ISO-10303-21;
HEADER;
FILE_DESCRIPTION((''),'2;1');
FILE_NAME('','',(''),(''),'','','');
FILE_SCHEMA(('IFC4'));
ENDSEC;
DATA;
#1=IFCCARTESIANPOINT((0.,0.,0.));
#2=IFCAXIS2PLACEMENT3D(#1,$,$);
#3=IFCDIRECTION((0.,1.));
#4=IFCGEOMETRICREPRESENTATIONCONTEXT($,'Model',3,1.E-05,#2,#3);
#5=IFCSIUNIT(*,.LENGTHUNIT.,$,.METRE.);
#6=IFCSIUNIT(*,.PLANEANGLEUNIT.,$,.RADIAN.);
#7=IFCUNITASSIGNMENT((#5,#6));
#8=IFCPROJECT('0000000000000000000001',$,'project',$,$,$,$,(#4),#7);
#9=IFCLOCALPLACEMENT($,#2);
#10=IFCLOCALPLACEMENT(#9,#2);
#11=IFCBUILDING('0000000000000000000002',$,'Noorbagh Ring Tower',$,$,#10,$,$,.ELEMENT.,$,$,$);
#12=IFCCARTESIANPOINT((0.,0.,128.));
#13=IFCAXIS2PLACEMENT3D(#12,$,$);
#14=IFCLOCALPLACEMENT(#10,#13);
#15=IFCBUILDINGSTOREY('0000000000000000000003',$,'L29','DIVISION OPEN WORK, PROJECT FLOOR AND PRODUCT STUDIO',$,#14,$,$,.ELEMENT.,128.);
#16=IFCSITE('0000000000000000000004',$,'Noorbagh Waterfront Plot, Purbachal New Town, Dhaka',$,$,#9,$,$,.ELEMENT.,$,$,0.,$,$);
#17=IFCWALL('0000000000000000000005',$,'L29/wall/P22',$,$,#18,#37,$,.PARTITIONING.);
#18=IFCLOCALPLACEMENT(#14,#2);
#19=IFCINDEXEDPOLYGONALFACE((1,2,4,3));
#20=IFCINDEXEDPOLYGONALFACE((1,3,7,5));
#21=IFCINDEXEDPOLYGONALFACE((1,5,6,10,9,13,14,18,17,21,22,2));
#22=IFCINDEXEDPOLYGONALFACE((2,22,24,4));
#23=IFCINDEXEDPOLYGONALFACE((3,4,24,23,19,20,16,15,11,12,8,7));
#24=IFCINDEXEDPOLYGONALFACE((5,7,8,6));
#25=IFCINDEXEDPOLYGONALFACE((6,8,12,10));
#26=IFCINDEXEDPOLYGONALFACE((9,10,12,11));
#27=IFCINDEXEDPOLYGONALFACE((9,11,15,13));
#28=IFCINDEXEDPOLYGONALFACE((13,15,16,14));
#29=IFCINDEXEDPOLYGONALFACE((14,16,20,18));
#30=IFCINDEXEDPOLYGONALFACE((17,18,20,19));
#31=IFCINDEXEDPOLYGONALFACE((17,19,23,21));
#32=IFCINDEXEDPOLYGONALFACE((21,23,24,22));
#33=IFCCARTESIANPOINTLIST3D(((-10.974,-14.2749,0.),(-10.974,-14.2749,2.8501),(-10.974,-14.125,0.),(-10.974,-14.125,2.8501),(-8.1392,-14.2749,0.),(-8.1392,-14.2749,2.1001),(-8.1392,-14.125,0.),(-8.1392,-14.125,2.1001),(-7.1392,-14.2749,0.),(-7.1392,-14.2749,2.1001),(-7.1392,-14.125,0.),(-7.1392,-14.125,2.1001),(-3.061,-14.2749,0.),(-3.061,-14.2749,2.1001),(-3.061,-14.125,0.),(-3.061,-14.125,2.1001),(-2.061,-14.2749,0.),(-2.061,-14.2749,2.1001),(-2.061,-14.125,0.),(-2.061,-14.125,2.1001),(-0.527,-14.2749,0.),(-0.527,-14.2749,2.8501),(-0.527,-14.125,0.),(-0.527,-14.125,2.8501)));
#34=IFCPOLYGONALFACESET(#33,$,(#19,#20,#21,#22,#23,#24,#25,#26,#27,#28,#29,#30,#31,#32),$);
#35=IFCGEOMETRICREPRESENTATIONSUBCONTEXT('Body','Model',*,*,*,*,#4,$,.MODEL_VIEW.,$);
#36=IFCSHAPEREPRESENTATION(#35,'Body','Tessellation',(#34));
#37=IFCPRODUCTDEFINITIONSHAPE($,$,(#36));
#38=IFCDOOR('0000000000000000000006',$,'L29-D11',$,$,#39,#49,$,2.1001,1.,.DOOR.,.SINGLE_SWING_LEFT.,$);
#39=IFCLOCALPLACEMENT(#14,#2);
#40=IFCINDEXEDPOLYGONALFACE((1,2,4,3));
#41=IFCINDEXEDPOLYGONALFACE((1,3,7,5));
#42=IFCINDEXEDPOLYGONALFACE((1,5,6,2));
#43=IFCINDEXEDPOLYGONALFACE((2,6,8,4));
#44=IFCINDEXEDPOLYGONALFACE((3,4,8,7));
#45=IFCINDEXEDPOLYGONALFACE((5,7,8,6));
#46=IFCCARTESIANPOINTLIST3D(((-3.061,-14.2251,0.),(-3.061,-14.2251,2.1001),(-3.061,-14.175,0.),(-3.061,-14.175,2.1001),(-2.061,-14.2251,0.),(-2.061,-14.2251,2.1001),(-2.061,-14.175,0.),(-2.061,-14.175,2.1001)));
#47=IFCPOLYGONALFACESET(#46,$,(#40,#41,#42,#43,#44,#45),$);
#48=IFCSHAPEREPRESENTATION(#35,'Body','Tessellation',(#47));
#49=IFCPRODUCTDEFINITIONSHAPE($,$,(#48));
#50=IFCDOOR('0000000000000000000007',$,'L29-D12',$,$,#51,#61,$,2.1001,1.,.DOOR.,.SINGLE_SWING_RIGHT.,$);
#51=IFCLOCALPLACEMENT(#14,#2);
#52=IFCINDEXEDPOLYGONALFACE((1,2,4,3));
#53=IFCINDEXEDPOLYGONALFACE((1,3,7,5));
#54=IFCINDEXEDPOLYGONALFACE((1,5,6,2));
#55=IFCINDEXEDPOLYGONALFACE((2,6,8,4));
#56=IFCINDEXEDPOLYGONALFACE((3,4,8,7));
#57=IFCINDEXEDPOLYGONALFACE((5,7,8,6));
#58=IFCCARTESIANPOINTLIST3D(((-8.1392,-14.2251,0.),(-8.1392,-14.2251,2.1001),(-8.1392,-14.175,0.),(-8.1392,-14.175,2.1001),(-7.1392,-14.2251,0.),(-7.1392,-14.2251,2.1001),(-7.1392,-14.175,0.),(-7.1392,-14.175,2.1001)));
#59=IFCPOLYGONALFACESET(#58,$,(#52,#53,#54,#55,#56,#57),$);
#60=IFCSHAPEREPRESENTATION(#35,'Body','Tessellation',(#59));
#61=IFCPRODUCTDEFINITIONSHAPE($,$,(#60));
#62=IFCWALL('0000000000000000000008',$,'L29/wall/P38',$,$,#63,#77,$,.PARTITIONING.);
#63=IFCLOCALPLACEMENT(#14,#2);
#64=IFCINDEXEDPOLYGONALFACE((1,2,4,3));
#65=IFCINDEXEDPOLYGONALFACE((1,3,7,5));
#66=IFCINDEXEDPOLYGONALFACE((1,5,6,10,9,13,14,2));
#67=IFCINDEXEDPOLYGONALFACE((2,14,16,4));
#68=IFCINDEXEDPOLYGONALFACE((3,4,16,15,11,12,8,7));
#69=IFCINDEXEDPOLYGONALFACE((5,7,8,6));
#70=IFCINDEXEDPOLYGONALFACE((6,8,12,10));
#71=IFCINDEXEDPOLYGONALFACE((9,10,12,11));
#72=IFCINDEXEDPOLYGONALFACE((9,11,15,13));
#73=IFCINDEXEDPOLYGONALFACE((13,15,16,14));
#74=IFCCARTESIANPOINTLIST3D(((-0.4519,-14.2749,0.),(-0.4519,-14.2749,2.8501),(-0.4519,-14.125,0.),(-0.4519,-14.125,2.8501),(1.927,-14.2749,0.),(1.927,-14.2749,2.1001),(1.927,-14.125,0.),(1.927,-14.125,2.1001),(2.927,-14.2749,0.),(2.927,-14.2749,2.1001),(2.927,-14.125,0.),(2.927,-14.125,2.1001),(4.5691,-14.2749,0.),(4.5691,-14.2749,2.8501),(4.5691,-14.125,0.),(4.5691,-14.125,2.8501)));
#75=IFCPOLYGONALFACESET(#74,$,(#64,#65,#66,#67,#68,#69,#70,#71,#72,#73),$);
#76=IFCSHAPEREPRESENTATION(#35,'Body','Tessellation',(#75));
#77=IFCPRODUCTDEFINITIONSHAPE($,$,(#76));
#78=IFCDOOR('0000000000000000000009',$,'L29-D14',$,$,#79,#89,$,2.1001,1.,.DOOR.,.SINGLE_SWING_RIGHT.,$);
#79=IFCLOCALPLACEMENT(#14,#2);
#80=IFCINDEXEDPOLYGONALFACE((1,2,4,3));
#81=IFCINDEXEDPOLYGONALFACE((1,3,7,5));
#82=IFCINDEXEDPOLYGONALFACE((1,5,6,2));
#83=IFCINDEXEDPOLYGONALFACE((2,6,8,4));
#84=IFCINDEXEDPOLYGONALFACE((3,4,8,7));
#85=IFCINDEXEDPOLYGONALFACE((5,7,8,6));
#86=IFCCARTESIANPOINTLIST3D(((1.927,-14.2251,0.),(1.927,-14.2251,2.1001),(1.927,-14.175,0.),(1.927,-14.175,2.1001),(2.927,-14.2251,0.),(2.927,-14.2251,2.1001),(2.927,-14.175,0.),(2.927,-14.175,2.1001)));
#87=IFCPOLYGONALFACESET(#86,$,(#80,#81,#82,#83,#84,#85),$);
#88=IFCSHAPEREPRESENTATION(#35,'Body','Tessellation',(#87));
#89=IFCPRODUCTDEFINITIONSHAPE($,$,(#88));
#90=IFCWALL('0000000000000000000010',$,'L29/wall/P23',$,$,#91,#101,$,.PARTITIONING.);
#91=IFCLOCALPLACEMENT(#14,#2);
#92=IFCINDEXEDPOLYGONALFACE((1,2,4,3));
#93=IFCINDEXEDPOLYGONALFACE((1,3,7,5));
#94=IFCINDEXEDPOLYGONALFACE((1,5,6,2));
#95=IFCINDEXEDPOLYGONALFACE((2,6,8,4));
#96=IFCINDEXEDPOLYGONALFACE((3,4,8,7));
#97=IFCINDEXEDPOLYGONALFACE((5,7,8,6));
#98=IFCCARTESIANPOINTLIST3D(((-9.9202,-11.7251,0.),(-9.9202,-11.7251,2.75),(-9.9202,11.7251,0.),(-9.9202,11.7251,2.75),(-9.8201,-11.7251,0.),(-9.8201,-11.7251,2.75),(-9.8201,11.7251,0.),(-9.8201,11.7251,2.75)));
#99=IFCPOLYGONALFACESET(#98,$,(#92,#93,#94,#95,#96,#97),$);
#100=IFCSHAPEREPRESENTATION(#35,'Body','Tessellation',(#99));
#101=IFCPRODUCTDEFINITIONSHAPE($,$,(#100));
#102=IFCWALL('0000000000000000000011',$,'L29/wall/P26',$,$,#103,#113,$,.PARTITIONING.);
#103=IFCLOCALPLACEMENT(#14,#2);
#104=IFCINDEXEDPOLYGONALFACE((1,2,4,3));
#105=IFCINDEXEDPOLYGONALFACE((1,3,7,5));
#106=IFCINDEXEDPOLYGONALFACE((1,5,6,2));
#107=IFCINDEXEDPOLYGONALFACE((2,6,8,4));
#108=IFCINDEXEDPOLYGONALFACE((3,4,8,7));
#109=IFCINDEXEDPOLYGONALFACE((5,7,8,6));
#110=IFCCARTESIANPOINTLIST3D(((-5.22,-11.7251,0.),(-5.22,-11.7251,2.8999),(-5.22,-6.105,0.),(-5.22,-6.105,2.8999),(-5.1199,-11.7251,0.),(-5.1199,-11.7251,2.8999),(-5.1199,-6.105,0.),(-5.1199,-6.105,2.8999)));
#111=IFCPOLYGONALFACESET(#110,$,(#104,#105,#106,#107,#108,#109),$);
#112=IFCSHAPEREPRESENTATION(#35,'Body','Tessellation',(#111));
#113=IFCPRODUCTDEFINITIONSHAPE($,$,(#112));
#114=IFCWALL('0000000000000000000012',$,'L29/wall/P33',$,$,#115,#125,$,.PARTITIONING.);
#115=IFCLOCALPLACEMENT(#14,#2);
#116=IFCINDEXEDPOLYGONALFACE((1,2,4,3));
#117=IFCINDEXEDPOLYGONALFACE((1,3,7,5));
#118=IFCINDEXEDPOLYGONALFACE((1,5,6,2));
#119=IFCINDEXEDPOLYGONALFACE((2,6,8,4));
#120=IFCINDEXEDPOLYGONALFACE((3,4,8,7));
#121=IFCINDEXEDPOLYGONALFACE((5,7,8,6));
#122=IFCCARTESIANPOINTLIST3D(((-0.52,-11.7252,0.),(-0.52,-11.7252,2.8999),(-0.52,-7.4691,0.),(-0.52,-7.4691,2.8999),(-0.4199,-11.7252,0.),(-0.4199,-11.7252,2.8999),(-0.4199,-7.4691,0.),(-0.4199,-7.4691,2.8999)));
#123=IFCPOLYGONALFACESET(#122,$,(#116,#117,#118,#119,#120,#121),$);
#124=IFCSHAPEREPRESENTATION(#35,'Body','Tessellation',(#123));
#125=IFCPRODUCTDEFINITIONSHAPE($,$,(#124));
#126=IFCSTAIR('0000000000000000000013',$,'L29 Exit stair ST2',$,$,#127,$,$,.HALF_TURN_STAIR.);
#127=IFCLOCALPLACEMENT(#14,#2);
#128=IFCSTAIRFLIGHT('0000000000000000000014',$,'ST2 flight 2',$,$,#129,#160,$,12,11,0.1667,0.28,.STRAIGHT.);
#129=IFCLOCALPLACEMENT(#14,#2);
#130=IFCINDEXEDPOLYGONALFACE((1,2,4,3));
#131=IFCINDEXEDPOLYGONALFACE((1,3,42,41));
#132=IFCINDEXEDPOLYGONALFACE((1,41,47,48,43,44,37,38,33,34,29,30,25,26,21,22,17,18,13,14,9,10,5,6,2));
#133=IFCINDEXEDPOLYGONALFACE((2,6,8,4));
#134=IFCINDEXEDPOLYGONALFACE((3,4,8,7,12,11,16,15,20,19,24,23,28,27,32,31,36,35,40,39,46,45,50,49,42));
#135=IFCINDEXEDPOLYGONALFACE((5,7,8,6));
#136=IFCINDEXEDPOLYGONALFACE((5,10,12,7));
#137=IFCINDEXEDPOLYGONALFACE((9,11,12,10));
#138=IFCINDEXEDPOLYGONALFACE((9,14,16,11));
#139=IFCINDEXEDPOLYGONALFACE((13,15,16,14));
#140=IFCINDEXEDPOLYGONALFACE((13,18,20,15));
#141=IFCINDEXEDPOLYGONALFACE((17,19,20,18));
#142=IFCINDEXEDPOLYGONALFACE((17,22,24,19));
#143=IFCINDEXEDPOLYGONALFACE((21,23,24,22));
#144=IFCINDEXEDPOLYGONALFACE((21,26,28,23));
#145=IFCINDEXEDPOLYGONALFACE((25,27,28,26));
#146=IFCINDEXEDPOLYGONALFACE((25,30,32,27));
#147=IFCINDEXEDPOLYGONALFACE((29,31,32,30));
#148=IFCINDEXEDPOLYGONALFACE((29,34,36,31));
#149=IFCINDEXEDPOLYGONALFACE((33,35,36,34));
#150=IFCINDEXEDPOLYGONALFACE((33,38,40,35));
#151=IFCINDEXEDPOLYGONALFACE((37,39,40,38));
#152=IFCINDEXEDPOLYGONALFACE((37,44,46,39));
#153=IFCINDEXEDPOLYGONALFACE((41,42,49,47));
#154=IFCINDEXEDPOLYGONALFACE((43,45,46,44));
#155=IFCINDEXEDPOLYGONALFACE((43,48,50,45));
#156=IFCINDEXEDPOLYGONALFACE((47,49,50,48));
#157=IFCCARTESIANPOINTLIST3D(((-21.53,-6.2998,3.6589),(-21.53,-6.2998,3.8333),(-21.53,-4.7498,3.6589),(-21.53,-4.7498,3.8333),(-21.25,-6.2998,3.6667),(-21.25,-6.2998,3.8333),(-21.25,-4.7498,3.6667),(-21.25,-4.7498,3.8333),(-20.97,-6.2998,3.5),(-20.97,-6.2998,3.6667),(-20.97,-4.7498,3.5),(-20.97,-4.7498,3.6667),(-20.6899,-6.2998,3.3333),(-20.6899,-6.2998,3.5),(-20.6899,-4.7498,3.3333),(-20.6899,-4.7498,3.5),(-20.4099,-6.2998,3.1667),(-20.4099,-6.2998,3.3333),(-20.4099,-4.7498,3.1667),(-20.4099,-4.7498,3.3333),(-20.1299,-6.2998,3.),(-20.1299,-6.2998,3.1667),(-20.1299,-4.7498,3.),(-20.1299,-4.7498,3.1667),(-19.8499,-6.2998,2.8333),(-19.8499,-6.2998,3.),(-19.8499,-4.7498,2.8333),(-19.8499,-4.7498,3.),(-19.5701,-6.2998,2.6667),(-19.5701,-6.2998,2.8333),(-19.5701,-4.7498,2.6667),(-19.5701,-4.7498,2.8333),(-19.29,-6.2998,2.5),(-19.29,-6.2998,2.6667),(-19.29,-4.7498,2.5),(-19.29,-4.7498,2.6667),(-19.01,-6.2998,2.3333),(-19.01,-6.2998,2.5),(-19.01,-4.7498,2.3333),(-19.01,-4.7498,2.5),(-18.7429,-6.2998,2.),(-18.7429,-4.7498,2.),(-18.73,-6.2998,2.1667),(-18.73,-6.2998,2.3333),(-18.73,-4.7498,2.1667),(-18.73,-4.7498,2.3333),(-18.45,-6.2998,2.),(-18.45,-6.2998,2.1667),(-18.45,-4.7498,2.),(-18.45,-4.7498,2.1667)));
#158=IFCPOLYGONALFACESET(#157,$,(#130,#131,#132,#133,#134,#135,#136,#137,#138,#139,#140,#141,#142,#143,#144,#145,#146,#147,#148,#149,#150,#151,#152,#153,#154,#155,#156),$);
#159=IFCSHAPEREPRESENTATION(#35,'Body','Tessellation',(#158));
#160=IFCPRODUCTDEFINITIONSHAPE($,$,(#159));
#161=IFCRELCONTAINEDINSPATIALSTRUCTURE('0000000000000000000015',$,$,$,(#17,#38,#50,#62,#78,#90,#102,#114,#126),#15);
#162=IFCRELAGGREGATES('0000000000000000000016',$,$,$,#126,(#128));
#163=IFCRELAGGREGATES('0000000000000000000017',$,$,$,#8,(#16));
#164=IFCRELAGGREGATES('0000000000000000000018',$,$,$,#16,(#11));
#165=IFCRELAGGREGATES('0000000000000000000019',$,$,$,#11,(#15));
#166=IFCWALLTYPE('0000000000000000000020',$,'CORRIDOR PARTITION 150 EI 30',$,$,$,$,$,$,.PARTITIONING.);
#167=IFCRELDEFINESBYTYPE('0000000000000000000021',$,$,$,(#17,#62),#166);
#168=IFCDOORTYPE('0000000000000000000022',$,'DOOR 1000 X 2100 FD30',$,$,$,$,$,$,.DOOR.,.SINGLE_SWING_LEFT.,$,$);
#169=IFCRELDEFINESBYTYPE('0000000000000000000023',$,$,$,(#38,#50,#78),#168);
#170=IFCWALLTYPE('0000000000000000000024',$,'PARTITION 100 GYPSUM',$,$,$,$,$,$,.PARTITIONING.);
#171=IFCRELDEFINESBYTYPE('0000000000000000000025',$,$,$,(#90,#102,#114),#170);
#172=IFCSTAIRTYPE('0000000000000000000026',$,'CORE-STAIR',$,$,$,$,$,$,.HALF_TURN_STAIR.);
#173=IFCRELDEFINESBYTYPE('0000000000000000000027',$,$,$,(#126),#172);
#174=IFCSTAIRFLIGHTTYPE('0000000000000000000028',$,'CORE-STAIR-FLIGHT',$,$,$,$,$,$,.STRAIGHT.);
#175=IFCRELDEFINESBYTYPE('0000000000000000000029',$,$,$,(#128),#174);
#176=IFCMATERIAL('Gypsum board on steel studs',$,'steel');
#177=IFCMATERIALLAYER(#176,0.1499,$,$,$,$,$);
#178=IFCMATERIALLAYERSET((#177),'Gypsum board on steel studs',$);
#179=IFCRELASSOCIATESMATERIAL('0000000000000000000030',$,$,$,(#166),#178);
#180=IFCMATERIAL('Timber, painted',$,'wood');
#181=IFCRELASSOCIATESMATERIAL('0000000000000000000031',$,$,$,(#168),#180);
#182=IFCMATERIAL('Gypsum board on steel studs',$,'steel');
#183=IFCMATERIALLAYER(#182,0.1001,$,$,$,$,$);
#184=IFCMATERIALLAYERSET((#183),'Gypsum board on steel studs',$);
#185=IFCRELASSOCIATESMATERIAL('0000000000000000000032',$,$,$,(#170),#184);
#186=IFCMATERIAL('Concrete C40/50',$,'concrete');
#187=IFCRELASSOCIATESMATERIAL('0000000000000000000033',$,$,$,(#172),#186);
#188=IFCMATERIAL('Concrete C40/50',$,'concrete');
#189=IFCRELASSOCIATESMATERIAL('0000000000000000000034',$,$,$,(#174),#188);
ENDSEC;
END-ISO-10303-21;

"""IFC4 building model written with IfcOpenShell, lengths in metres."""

from ifc_helpers import new_model, si_unit, direction, frame, frame_2d, origin, place, context, subcontext, project, spatial, polyline, rectangle, outline, extrude, material, layer, layer_set, type_object, element, fill, aggregate, save


model = new_model("IFC4")

# Units and contexts
model_context = context("Model", 3, precision=1e-05, world=origin(), true_north=direction((0.0, 1.0)))
body_context = subcontext(model_context, "Body", "Model", "MODEL_VIEW")
ifc_project = project(units=[si_unit("LENGTHUNIT", "METRE"), si_unit("PLANEANGLEUNIT", "RADIAN")], contexts=[model_context])

# Site, building, storey
site_placement = place(None, origin())
site = spatial("IfcSite", under=ifc_project, at=site_placement, Name="Noorbagh Waterfront Plot, Purbachal New Town, Dhaka", CompositionType="ELEMENT", RefElevation=0.0)
building_placement = place(site_placement, origin())
building = spatial("IfcBuilding", under=site, at=building_placement, Name="Noorbagh Ring Tower", CompositionType="ELEMENT")
storey_placement = place(building_placement, frame((0.0, 0.0, 128.0)))
storey = spatial("IfcBuildingStorey", under=building, at=storey_placement, Name="L29", Description="DIVISION OPEN WORK, PROJECT FLOOR AND PRODUCT STUDIO", CompositionType="ELEMENT", Elevation=128.0)

# Shared definitions
ifc_material_1 = material(Name="Gypsum board on steel studs", Category="steel")
ifc_layer_1 = layer(ifc_material_1, 0.1499)
ifc_layer_set_1 = layer_set([ifc_layer_1], Name="Gypsum board on steel studs")
wall_type_1 = type_object("IfcWallType", Name="CORRIDOR PARTITION 150 EI 30", PredefinedType="PARTITIONING", material=ifc_layer_set_1)
ifc_material_2 = material(Name="Timber, painted", Category="wood")
door_type_1 = type_object("IfcDoorType", Name="DOOR 1000 X 2100 FD30", OperationType="SINGLE_SWING_LEFT", PredefinedType="DOOR", material=ifc_material_2)

# Wall, openings, doors
wall_1_placement = place(storey_placement, frame((-10.9741, -14.2, 0.0), z_axis=(0.0, 0.0, 1.0), x_axis=(1.0, 0.0, 0.0)))
wall_1 = element("IfcWall", 1, at=wall_1_placement, inside=storey, type_object=wall_type_1, Name="L29/wall/P22", PredefinedType="PARTITIONING", context=body_context, shape_type="SweptSolid", body=[
    extrude(rectangle(XDim=10.447, YDim=0.1499, at=frame_2d((5.2236, 0.0))), origin(), (0.0, 0.0, 1.0), 2.8501),
])
opening_1_placement = place(wall_1_placement, frame((7.9131, 0.0, 0.0)))
opening_1 = element("IfcOpeningElement", 2, at=opening_1_placement, cuts=wall_1, PredefinedType="OPENING", context=body_context, shape_type="SweptSolid", body=[
    extrude(rectangle(XDim=1.0, YDim=2.1001, at=frame_2d((0.5, 1.05))), frame((0.0, 0.085, 0.0), z_axis=(0.0, -1.0, 0.0), x_axis=(1.0, 0.0, 0.0)), (0.0, 0.0, 1.0), 0.1699),
])
opening_2_placement = place(wall_1_placement, frame((2.835, 0.0, 0.0)))
opening_2 = element("IfcOpeningElement", 3, at=opening_2_placement, cuts=wall_1, PredefinedType="OPENING", context=body_context, shape_type="SweptSolid", body=[
    extrude(rectangle(XDim=1.0, YDim=2.1001, at=frame_2d((0.5, 1.05))), frame((0.0, 0.085, 0.0), z_axis=(0.0, -1.0, 0.0), x_axis=(1.0, 0.0, 0.0)), (0.0, 0.0, 1.0), 0.1699),
])
door_1_placement = place(opening_1_placement, origin())
door_1 = element("IfcDoor", 4, at=door_1_placement, inside=storey, type_object=door_type_1, Name="L29-D11", OperationType="SINGLE_SWING_LEFT", OverallHeight=2.1001, OverallWidth=1.0, PredefinedType="DOOR", context=body_context, shape_type="SweptSolid", body=[
    extrude(rectangle(XDim=1.0, YDim=2.1001, at=frame_2d((0.5, 1.05))), frame((0.0, 0.0249, 0.0), z_axis=(0.0, -1.0, 0.0), x_axis=(1.0, 0.0, 0.0)), (0.0, 0.0, 1.0), 0.05),
])
fill(opening_1, door_1)
door_2_placement = place(opening_2_placement, origin())
door_2 = element("IfcDoor", 5, at=door_2_placement, inside=storey, type_object=door_type_1, Name="L29-D12", OperationType="SINGLE_SWING_RIGHT", OverallHeight=2.1001, OverallWidth=1.0, PredefinedType="DOOR", context=body_context, shape_type="SweptSolid", body=[
    extrude(rectangle(XDim=1.0, YDim=2.1001, at=frame_2d((0.5, 1.05))), frame((0.0, 0.0249, 0.0), z_axis=(0.0, -1.0, 0.0), x_axis=(1.0, 0.0, 0.0)), (0.0, 0.0, 1.0), 0.05),
])
fill(opening_2, door_2)

# Wall, opening, door
wall_2_placement = place(storey_placement, frame((-0.4519, -14.2, 0.0), z_axis=(0.0, 0.0, 1.0), x_axis=(1.0, 0.0, 0.0)))
wall_2 = element("IfcWall", 6, at=wall_2_placement, inside=storey, type_object=wall_type_1, Name="L29/wall/P38", PredefinedType="PARTITIONING", context=body_context, shape_type="SweptSolid", body=[
    extrude(rectangle(XDim=5.021, YDim=0.1499, at=frame_2d((2.5105, 0.0))), origin(), (0.0, 0.0, 1.0), 2.8501),
])
opening_3_placement = place(wall_2_placement, frame((2.3789, 0.0, 0.0)))
opening_3 = element("IfcOpeningElement", 7, at=opening_3_placement, cuts=wall_2, PredefinedType="OPENING", context=body_context, shape_type="SweptSolid", body=[
    extrude(rectangle(XDim=1.0, YDim=2.1001, at=frame_2d((0.5, 1.05))), frame((0.0, 0.085, 0.0), z_axis=(0.0, -1.0, 0.0), x_axis=(1.0, 0.0, 0.0)), (0.0, 0.0, 1.0), 0.1699),
])
door_3_placement = place(opening_3_placement, origin())
door_3 = element("IfcDoor", 8, at=door_3_placement, inside=storey, type_object=door_type_1, Name="L29-D14", OperationType="SINGLE_SWING_RIGHT", OverallHeight=2.1001, OverallWidth=1.0, PredefinedType="DOOR", context=body_context, shape_type="SweptSolid", body=[
    extrude(rectangle(XDim=1.0, YDim=2.1001, at=frame_2d((0.5, 1.05))), frame((0.0, 0.0249, 0.0), z_axis=(0.0, -1.0, 0.0), x_axis=(1.0, 0.0, 0.0)), (0.0, 0.0, 1.0), 0.05),
])
fill(opening_3, door_3)

# Walls
ifc_material_3 = material(Name="Gypsum board on steel studs", Category="steel")
ifc_layer_2 = layer(ifc_material_3, 0.1001)
ifc_layer_set_2 = layer_set([ifc_layer_2], Name="Gypsum board on steel studs")
wall_type_2 = type_object("IfcWallType", Name="PARTITION 100 GYPSUM", PredefinedType="PARTITIONING", material=ifc_layer_set_2)
wall_3_placement = place(storey_placement, frame((-9.8701, -11.7251, 0.0), z_axis=(0.0, 0.0, 1.0), x_axis=(0.0, 1.0, 0.0)))
element("IfcWall", 9, at=wall_3_placement, inside=storey, type_object=wall_type_2, Name="L29/wall/P23", PredefinedType="PARTITIONING", context=body_context, shape_type="SweptSolid", body=[
    extrude(rectangle(XDim=23.4502, YDim=0.1001, at=frame_2d((11.7251, 0.0))), origin(), (0.0, 0.0, 1.0), 2.75),
])
wall_4_placement = place(storey_placement, frame((-5.1699, -11.7251, 0.0), z_axis=(0.0, 0.0, 1.0), x_axis=(0.0, 1.0, 0.0)))
element("IfcWall", 10, at=wall_4_placement, inside=storey, type_object=wall_type_2, Name="L29/wall/P26", PredefinedType="PARTITIONING", context=body_context, shape_type="SweptSolid", body=[
    extrude(rectangle(XDim=5.6201, YDim=0.1001, at=frame_2d((2.8101, 0.0))), origin(), (0.0, 0.0, 1.0), 2.8999),
])
wall_5_placement = place(storey_placement, frame((-0.47, -11.7251, 0.0), z_axis=(0.0, 0.0, 1.0), x_axis=(0.0, 1.0, 0.0)))
element("IfcWall", 11, at=wall_5_placement, inside=storey, type_object=wall_type_2, Name="L29/wall/P33", PredefinedType="PARTITIONING", context=body_context, shape_type="SweptSolid", body=[
    extrude(rectangle(XDim=4.2561, YDim=0.1001, at=frame_2d((2.1279, 0.0))), origin(), (0.0, 0.0, 1.0), 2.8999),
])

# Stair, stair flight
ifc_material_4 = material(Name="Concrete C40/50", Category="concrete")
stair_type = type_object("IfcStairType", Name="CORE-STAIR", PredefinedType="HALF_TURN_STAIR", material=ifc_material_4)
stair_placement = place(storey_placement, origin())
stair = element("IfcStair", 12, at=stair_placement, inside=storey, type_object=stair_type, Name="L29 Exit stair ST2", PredefinedType="HALF_TURN_STAIR")
ifc_material_5 = material(Name="Concrete C40/50", Category="concrete")
stair_flight_type = type_object("IfcStairFlightType", Name="CORE-STAIR-FLIGHT", PredefinedType="STRAIGHT", material=ifc_material_5)
stair_flight_placement = place(storey_placement, frame((-18.45, -5.5249, 2.0), z_axis=(0.0, 0.0, 1.0), x_axis=(-1.0, 0.0, 0.0)))
stair_flight = element("IfcStairFlight", 13, at=stair_flight_placement, type_object=stair_flight_type, Name="ST2 flight 2", NumberOfRisers=12, NumberOfTreads=11, PredefinedType="STRAIGHT", RiserHeight=0.1667, TreadLength=0.28, context=body_context, shape_type="SweptSolid", body=[
    extrude(outline(polyline([(0.0, 0.0), (0.0, 0.1667), (0.28, 0.1667), (0.28, 0.3333), (0.5601, 0.3333), (0.5601, 0.5), (0.8401, 0.5), (0.8401, 0.6667), (1.1201, 0.6667), (1.1201, 0.8333), (1.3999, 0.8333), (1.3999, 1.0), (1.6799, 1.0), (1.6799, 1.1667), (1.96, 1.1667), (1.96, 1.3333), (2.24, 1.3333), (2.24, 1.5), (2.52, 1.5), (2.52, 1.6667), (2.8, 1.6667), (2.8, 1.8333), (3.0801, 1.8333), (3.0801, 2.0), (3.0801, 1.6589), (0.293, 0.0), (0.0, 0.0)])), frame((0.0, 0.7749, 0.0), z_axis=(0.0, -1.0, 0.0), x_axis=(1.0, 0.0, 0.0)), (0.0, 0.0, 1.0), 1.55),
])
aggregate(stair, [stair_flight])

save(model, "model.ifc")
